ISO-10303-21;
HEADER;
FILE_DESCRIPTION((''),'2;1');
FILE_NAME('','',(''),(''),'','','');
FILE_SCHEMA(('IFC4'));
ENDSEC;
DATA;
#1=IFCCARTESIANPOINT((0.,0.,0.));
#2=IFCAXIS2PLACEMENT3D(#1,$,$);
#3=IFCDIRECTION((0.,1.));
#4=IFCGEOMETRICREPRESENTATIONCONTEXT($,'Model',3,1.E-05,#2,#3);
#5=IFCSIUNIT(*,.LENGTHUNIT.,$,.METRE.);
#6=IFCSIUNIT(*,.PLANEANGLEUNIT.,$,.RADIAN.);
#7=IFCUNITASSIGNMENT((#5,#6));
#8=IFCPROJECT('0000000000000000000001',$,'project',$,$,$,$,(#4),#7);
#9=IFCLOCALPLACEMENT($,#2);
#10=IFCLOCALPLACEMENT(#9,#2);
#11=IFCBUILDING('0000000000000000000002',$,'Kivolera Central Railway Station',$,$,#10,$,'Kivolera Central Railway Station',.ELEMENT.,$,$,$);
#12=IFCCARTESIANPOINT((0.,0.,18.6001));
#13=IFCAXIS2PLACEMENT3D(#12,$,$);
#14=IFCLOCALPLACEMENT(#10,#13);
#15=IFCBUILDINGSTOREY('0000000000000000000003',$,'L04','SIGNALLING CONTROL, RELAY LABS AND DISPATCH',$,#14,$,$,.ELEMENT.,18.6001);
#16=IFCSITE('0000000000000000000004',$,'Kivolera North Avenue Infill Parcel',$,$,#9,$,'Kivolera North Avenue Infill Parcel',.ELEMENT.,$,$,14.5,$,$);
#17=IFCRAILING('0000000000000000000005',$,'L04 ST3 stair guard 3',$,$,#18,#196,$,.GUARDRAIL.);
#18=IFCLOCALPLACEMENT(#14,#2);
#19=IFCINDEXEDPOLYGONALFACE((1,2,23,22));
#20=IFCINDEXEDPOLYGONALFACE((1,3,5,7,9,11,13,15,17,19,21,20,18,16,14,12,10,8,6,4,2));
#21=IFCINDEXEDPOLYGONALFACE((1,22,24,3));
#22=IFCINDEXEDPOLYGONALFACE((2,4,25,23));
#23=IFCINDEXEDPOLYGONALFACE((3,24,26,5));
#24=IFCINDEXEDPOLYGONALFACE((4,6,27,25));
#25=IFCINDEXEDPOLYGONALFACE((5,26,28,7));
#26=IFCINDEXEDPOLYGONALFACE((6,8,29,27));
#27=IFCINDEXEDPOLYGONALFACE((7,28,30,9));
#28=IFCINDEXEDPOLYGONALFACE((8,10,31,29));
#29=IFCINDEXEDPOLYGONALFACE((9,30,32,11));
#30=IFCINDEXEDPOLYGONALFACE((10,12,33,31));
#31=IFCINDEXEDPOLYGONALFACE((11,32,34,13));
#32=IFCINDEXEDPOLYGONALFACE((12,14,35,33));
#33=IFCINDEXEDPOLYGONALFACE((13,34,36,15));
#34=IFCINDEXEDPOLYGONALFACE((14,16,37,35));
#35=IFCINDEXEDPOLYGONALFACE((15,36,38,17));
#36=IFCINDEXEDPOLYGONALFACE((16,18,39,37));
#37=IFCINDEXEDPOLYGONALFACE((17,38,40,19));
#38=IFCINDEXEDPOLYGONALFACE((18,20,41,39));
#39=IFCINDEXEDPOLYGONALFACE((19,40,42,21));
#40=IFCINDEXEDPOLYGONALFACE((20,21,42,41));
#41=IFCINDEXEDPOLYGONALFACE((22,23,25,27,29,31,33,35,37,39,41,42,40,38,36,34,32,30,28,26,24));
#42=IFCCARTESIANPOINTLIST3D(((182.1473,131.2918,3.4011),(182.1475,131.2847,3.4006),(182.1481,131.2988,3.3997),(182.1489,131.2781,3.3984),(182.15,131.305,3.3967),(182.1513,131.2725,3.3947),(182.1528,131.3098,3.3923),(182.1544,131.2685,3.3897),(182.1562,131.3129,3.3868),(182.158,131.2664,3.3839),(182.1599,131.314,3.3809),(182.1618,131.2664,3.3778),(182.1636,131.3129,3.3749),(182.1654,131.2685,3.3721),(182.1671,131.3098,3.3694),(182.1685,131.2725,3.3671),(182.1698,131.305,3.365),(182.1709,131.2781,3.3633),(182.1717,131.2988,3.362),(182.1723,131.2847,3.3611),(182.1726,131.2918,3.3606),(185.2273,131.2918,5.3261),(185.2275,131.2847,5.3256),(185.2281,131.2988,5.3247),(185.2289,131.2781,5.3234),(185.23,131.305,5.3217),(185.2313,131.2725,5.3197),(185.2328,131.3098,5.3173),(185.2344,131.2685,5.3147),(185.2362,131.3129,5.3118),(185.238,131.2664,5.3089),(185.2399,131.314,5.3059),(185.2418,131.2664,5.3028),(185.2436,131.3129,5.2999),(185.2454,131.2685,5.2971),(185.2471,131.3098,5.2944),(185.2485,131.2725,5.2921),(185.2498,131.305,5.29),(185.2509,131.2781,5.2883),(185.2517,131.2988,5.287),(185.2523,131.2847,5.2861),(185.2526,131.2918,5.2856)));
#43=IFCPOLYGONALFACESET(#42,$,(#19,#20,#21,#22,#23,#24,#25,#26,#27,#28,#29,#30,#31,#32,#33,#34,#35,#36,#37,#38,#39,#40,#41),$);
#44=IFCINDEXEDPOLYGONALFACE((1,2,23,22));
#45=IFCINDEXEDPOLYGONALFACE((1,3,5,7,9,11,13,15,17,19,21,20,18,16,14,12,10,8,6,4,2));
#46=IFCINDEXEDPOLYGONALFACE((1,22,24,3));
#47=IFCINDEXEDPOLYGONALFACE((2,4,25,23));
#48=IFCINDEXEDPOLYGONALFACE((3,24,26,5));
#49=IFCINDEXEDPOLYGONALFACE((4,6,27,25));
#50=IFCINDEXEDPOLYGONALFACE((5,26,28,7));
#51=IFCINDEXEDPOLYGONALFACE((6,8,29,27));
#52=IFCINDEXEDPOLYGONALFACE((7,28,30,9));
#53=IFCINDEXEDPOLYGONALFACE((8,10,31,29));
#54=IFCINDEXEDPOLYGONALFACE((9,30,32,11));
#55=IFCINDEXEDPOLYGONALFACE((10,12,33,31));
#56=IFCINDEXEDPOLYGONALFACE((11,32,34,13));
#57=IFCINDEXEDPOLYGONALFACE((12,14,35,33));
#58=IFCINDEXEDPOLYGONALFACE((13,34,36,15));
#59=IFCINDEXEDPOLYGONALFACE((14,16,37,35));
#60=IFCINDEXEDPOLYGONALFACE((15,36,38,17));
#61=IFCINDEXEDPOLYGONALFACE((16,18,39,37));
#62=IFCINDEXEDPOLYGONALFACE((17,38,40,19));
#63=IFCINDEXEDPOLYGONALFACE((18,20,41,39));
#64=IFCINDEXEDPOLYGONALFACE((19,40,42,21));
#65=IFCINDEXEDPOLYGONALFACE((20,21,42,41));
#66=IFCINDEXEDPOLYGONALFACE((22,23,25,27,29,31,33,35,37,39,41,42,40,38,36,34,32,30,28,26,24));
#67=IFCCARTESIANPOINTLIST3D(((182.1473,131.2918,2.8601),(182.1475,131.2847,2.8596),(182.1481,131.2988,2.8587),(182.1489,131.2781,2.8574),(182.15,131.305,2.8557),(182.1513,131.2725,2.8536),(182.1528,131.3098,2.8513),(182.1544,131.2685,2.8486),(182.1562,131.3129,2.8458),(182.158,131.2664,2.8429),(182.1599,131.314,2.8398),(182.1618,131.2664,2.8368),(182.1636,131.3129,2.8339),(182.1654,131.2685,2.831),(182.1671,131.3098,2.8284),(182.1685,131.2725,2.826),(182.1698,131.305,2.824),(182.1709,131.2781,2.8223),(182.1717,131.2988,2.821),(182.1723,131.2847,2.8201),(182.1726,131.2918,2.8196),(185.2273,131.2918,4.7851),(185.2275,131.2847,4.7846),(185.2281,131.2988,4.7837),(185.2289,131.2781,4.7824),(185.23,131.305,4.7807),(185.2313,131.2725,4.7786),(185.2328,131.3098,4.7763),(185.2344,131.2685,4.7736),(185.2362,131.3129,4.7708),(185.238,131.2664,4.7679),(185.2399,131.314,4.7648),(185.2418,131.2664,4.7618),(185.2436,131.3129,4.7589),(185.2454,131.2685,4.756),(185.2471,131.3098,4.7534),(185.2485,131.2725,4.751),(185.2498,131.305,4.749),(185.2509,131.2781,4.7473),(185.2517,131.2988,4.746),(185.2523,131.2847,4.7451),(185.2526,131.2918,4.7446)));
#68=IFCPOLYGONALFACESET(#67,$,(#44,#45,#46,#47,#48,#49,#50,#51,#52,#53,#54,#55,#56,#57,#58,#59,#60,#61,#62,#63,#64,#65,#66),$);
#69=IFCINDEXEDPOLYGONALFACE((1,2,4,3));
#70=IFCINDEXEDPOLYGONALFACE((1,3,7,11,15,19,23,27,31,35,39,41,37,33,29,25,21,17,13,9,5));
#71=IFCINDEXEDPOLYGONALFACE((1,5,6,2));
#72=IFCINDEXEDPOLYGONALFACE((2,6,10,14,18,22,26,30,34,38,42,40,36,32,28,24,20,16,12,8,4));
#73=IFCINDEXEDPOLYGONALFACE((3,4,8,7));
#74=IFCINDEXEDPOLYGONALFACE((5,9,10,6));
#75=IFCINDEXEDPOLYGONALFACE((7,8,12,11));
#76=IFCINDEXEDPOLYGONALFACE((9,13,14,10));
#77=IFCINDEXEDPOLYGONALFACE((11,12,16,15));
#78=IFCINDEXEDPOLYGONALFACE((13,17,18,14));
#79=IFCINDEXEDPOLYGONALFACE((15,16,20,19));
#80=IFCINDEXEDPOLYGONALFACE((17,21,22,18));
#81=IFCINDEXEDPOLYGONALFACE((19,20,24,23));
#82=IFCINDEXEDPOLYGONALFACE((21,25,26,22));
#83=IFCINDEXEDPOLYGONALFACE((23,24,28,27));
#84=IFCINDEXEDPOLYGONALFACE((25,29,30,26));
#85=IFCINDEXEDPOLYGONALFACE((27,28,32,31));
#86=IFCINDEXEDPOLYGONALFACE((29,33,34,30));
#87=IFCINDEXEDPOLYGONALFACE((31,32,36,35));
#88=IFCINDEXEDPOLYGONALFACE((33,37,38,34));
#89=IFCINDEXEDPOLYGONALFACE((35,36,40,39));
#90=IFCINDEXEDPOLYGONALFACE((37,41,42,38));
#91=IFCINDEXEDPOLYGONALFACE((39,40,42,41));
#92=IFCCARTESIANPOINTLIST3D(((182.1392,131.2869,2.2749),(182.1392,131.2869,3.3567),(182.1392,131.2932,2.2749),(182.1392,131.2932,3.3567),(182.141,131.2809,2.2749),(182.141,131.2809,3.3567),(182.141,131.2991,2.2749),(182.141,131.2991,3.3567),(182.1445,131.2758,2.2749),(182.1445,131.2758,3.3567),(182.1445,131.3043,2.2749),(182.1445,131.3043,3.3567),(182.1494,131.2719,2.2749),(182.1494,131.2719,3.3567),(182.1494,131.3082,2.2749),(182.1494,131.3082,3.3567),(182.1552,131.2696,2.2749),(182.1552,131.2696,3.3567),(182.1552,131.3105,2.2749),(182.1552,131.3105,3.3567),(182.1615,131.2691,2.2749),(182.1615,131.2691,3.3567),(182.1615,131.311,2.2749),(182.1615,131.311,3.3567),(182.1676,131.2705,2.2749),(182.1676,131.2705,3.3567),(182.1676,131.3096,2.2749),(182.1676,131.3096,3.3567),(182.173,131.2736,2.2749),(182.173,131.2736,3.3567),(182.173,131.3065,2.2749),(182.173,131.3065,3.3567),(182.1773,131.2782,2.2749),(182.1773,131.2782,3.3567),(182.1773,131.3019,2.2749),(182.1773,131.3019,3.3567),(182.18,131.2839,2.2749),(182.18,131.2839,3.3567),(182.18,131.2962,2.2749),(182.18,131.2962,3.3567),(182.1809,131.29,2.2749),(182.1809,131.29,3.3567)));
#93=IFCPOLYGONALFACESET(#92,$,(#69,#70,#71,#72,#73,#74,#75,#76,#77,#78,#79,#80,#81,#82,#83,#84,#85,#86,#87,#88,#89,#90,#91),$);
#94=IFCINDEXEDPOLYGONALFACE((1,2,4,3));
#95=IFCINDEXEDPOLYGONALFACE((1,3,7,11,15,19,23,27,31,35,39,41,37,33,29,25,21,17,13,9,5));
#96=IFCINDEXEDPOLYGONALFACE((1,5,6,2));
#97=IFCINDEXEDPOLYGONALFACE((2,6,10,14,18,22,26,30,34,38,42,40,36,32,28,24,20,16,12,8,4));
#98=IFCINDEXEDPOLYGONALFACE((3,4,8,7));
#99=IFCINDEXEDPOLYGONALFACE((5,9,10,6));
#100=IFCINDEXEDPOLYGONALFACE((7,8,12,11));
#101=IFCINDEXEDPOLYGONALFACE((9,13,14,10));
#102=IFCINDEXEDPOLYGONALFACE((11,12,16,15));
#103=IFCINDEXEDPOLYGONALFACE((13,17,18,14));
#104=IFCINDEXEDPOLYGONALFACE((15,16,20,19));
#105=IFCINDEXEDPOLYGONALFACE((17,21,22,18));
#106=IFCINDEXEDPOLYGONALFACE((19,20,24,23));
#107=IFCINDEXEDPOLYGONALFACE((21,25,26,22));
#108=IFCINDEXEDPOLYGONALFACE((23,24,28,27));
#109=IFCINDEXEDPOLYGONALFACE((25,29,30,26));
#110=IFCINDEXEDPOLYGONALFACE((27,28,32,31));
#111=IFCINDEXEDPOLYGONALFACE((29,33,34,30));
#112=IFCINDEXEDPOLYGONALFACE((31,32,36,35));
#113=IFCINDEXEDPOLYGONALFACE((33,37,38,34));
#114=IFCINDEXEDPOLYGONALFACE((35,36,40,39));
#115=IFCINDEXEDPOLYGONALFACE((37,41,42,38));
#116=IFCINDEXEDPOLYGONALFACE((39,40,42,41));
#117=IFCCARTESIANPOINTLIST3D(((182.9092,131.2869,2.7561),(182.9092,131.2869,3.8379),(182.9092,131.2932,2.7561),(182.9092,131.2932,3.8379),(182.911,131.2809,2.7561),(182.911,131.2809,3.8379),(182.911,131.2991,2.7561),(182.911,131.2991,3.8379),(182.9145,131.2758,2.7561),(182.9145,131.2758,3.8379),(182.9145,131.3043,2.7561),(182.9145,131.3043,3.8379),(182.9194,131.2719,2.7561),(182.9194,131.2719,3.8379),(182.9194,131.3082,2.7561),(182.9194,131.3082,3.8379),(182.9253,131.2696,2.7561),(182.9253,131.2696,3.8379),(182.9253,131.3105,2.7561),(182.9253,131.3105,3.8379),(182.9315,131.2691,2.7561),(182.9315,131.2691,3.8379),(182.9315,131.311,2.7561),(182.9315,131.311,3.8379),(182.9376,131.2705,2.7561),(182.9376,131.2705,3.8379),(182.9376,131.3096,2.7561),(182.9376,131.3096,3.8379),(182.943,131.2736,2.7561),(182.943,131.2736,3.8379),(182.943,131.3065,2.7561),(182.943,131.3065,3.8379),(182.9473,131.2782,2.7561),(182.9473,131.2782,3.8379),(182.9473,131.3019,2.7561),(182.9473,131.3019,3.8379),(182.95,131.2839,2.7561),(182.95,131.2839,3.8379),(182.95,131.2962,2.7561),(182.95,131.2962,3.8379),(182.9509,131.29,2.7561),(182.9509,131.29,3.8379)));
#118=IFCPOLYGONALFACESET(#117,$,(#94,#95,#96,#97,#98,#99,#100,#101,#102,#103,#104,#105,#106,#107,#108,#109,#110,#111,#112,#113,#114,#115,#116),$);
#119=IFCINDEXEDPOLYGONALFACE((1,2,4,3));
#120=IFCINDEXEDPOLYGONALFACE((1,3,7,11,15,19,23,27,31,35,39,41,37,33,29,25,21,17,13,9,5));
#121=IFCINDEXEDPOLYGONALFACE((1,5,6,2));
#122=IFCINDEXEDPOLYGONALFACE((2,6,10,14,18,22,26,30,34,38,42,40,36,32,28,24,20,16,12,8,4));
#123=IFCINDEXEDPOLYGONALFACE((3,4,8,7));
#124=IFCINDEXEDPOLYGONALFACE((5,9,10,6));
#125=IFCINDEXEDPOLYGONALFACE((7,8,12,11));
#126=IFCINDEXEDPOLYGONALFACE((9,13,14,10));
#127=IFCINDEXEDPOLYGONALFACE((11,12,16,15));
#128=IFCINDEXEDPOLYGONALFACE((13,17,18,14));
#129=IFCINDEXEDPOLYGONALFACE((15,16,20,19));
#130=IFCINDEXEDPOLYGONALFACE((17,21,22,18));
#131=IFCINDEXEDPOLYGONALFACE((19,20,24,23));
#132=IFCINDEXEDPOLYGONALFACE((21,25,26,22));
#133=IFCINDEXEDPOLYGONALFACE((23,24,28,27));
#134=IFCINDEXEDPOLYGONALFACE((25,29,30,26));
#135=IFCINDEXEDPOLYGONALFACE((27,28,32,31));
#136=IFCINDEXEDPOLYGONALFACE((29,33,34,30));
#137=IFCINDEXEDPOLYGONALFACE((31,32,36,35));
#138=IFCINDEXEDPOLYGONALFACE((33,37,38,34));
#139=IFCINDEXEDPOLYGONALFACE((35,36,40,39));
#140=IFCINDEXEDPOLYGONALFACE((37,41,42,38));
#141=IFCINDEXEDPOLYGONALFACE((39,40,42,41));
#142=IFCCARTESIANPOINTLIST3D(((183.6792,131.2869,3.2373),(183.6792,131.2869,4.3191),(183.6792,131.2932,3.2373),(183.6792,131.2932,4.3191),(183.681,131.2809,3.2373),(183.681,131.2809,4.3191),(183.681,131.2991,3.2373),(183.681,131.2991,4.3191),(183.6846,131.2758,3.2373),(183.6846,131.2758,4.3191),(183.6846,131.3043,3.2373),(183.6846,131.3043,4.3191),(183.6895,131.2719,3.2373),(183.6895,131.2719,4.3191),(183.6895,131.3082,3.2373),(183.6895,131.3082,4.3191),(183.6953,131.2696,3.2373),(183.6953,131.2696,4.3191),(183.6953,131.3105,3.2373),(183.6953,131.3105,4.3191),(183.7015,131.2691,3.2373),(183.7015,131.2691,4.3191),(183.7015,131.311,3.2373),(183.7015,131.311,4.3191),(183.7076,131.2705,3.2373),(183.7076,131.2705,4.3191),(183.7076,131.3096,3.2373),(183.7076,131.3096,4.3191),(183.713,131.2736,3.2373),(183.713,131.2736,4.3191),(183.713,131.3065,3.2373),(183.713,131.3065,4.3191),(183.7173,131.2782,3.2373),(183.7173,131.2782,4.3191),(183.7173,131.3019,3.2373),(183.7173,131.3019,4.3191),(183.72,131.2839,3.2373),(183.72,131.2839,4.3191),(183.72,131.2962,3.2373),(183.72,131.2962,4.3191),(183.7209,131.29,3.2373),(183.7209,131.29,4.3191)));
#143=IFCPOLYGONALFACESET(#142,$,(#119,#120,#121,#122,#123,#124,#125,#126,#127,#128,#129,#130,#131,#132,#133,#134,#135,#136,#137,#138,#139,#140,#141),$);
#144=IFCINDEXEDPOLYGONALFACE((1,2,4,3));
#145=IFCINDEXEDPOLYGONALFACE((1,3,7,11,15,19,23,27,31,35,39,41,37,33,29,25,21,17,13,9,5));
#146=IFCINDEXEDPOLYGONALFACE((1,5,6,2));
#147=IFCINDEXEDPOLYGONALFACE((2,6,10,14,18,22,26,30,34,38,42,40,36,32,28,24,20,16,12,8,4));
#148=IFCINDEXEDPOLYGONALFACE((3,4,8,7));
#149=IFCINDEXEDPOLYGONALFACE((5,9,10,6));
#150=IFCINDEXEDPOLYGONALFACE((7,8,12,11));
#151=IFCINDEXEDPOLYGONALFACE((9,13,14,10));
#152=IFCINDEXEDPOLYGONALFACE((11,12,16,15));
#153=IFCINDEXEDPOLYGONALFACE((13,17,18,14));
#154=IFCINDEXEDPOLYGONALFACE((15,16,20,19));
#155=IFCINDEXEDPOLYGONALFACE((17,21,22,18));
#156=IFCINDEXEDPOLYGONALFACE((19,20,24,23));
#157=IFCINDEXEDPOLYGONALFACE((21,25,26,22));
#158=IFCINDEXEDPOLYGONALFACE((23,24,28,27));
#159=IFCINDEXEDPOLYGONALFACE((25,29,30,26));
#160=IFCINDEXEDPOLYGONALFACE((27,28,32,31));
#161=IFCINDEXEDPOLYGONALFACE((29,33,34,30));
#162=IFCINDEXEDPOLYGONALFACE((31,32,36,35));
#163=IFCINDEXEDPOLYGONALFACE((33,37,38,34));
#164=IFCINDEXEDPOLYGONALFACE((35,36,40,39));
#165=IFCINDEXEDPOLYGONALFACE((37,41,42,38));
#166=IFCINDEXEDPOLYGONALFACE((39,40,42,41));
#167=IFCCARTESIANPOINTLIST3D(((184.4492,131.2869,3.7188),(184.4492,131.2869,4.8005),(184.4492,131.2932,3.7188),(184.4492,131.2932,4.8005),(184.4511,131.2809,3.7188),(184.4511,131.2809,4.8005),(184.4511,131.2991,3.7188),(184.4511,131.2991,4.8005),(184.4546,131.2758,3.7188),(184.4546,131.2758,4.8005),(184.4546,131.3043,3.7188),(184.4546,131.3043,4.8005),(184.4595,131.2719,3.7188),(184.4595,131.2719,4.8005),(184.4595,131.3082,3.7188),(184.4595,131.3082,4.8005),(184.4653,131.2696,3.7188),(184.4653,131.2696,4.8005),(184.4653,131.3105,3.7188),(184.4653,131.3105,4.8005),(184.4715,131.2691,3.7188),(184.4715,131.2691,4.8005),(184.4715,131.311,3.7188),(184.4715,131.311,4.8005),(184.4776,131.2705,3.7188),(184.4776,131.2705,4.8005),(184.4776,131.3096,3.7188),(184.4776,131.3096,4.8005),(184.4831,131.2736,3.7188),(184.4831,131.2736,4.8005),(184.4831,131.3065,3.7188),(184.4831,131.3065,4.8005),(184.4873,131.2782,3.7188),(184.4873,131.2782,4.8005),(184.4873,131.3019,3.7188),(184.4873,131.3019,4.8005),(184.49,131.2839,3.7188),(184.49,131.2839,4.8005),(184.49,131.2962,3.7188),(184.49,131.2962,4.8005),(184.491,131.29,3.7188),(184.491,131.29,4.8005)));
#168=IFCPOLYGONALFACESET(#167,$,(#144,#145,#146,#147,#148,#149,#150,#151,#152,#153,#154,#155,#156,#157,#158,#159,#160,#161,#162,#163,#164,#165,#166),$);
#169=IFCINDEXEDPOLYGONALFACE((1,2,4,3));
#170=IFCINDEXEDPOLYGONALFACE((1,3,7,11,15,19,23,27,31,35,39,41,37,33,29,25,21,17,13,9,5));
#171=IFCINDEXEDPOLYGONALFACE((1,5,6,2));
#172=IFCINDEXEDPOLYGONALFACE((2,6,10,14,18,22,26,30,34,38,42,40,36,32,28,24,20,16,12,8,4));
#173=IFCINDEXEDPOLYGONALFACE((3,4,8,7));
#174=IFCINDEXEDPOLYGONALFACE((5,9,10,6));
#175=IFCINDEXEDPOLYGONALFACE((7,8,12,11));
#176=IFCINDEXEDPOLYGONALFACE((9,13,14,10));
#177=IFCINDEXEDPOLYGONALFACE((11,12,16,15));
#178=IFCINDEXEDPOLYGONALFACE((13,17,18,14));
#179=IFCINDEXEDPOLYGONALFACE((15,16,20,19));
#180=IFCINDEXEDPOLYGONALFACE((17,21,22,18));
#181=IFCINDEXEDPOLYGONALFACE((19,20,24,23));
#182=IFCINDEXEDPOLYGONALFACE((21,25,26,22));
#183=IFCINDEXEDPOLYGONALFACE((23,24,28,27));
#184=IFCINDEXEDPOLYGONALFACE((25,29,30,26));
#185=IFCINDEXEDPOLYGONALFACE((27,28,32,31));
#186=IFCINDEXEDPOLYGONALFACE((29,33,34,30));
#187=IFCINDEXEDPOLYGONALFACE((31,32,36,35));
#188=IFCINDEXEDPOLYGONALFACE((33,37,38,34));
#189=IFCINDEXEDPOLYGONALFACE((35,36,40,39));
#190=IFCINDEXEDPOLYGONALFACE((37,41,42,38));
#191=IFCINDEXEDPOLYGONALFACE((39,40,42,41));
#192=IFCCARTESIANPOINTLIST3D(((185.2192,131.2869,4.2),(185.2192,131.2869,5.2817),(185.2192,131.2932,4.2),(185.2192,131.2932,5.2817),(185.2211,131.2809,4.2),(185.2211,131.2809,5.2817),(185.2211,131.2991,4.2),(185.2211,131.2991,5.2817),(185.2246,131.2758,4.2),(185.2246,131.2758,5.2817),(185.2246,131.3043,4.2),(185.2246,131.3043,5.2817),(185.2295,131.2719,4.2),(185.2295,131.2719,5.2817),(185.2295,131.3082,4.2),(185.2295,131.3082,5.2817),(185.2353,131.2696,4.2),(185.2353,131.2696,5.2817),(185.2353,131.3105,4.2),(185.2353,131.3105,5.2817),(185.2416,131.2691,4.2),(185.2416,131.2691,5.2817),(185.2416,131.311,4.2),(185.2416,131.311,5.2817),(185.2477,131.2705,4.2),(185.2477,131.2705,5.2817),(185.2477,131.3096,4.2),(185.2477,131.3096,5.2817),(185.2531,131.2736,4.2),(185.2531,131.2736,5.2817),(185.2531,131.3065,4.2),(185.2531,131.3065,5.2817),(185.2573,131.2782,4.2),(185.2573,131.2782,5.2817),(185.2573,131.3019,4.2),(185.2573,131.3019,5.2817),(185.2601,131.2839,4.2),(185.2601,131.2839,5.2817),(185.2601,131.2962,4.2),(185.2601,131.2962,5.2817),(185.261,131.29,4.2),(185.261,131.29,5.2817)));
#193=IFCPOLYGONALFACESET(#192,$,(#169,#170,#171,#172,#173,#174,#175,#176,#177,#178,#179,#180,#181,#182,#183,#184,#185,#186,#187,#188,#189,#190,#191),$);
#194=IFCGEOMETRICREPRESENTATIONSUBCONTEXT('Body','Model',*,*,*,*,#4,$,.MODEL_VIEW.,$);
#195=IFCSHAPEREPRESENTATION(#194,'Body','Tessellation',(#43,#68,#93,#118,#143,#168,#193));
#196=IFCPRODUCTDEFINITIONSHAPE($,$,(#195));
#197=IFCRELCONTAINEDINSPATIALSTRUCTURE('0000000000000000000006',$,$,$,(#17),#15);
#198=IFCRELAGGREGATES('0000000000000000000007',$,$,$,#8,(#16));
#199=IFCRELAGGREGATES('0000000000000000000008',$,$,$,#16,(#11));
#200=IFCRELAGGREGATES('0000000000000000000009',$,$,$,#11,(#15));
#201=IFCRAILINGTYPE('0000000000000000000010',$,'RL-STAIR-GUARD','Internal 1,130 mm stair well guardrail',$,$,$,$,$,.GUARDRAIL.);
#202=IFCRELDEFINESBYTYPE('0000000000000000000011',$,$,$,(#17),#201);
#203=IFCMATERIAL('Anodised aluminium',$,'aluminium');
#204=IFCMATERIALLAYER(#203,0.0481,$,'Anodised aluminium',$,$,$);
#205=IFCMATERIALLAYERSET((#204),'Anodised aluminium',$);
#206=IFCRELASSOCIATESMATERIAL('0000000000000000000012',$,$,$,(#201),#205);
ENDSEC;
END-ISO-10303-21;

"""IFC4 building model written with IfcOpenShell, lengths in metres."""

from ifc_helpers import new_model, si_unit, direction, frame, origin, origin_2d, place, context, subcontext, project, spatial, circle, extrude, material, layer, layer_set, type_object, element, save


model = new_model("IFC4")

# Units and contexts
model_context = context("Model", 3, precision=1e-05, world=origin(), true_north=direction((0.0, 1.0)))
body_context = subcontext(model_context, "Body", "Model", "MODEL_VIEW")
ifc_project = project(units=[si_unit("LENGTHUNIT", "METRE"), si_unit("PLANEANGLEUNIT", "RADIAN")], contexts=[model_context])

# Site, building, storey
site_placement = place(None, origin())
site = spatial("IfcSite", under=ifc_project, at=site_placement, Name="Kivolera North Avenue Infill Parcel", LongName="Kivolera North Avenue Infill Parcel", CompositionType="ELEMENT", RefElevation=14.5)
building_placement = place(site_placement, origin())
building = spatial("IfcBuilding", under=site, at=building_placement, Name="Kivolera Central Railway Station", LongName="Kivolera Central Railway Station", CompositionType="ELEMENT")
storey_placement = place(building_placement, frame((0.0, 0.0, 18.6001)))
storey = spatial("IfcBuildingStorey", under=building, at=storey_placement, Name="L04", Description="SIGNALLING CONTROL, RELAY LABS AND DISPATCH", CompositionType="ELEMENT", Elevation=18.6001)

# Shared definitions
ifc_material_1 = material(Name="Anodised aluminium", Category="aluminium")

# Railing
ifc_layer_1 = layer(ifc_material_1, 0.0481, Name="Anodised aluminium")
ifc_layer_set_1 = layer_set([ifc_layer_1], Name="Anodised aluminium")
railing_type_1 = type_object("IfcRailingType", Name="RL-STAIR-GUARD", Description="Internal 1,130 mm stair well guardrail", PredefinedType="GUARDRAIL", material=ifc_layer_set_1)
railing_1_placement = place(storey_placement, frame((182.1599, 131.29, 2.2749)))
element("IfcRailing", 1, at=railing_1_placement, inside=storey, type_object=railing_type_1, Name="L04 ST3 stair guard 3", PredefinedType="GUARDRAIL", context=body_context, shape_type="SweptSolid", body=[
    extrude(circle(Radius=0.0239, at=origin_2d()), frame((0.0, 0.0, 1.106), z_axis=(0.847998, 0.0, 0.529999), x_axis=(0.0, 1.0, 0.0)), (0.0, 0.0, 1.0), 3.6321),
    extrude(circle(Radius=0.0239, at=origin_2d()), frame((0.0, 0.0, 0.5649), z_axis=(0.847998, 0.0, 0.529999), x_axis=(0.0, 1.0, 0.0)), (0.0, 0.0, 1.0), 3.6321),
    extrude(circle(Radius=0.021, at=origin_2d()), origin(), (0.0, 0.0, 1.0), 1.0818),
    extrude(circle(Radius=0.021, at=origin_2d()), frame((0.77, 0.0, 0.4812)), (0.0, 0.0, 1.0), 1.0818),
    extrude(circle(Radius=0.021, at=origin_2d()), frame((1.54, 0.0, 0.9624)), (0.0, 0.0, 1.0), 1.0818),
    extrude(circle(Radius=0.021, at=origin_2d()), frame((2.3101, 0.0, 1.4438)), (0.0, 0.0, 1.0), 1.0818),
    extrude(circle(Radius=0.021, at=origin_2d()), frame((3.0801, 0.0, 1.925)), (0.0, 0.0, 1.0), 1.0818),
])

save(model, "model.ifc")
